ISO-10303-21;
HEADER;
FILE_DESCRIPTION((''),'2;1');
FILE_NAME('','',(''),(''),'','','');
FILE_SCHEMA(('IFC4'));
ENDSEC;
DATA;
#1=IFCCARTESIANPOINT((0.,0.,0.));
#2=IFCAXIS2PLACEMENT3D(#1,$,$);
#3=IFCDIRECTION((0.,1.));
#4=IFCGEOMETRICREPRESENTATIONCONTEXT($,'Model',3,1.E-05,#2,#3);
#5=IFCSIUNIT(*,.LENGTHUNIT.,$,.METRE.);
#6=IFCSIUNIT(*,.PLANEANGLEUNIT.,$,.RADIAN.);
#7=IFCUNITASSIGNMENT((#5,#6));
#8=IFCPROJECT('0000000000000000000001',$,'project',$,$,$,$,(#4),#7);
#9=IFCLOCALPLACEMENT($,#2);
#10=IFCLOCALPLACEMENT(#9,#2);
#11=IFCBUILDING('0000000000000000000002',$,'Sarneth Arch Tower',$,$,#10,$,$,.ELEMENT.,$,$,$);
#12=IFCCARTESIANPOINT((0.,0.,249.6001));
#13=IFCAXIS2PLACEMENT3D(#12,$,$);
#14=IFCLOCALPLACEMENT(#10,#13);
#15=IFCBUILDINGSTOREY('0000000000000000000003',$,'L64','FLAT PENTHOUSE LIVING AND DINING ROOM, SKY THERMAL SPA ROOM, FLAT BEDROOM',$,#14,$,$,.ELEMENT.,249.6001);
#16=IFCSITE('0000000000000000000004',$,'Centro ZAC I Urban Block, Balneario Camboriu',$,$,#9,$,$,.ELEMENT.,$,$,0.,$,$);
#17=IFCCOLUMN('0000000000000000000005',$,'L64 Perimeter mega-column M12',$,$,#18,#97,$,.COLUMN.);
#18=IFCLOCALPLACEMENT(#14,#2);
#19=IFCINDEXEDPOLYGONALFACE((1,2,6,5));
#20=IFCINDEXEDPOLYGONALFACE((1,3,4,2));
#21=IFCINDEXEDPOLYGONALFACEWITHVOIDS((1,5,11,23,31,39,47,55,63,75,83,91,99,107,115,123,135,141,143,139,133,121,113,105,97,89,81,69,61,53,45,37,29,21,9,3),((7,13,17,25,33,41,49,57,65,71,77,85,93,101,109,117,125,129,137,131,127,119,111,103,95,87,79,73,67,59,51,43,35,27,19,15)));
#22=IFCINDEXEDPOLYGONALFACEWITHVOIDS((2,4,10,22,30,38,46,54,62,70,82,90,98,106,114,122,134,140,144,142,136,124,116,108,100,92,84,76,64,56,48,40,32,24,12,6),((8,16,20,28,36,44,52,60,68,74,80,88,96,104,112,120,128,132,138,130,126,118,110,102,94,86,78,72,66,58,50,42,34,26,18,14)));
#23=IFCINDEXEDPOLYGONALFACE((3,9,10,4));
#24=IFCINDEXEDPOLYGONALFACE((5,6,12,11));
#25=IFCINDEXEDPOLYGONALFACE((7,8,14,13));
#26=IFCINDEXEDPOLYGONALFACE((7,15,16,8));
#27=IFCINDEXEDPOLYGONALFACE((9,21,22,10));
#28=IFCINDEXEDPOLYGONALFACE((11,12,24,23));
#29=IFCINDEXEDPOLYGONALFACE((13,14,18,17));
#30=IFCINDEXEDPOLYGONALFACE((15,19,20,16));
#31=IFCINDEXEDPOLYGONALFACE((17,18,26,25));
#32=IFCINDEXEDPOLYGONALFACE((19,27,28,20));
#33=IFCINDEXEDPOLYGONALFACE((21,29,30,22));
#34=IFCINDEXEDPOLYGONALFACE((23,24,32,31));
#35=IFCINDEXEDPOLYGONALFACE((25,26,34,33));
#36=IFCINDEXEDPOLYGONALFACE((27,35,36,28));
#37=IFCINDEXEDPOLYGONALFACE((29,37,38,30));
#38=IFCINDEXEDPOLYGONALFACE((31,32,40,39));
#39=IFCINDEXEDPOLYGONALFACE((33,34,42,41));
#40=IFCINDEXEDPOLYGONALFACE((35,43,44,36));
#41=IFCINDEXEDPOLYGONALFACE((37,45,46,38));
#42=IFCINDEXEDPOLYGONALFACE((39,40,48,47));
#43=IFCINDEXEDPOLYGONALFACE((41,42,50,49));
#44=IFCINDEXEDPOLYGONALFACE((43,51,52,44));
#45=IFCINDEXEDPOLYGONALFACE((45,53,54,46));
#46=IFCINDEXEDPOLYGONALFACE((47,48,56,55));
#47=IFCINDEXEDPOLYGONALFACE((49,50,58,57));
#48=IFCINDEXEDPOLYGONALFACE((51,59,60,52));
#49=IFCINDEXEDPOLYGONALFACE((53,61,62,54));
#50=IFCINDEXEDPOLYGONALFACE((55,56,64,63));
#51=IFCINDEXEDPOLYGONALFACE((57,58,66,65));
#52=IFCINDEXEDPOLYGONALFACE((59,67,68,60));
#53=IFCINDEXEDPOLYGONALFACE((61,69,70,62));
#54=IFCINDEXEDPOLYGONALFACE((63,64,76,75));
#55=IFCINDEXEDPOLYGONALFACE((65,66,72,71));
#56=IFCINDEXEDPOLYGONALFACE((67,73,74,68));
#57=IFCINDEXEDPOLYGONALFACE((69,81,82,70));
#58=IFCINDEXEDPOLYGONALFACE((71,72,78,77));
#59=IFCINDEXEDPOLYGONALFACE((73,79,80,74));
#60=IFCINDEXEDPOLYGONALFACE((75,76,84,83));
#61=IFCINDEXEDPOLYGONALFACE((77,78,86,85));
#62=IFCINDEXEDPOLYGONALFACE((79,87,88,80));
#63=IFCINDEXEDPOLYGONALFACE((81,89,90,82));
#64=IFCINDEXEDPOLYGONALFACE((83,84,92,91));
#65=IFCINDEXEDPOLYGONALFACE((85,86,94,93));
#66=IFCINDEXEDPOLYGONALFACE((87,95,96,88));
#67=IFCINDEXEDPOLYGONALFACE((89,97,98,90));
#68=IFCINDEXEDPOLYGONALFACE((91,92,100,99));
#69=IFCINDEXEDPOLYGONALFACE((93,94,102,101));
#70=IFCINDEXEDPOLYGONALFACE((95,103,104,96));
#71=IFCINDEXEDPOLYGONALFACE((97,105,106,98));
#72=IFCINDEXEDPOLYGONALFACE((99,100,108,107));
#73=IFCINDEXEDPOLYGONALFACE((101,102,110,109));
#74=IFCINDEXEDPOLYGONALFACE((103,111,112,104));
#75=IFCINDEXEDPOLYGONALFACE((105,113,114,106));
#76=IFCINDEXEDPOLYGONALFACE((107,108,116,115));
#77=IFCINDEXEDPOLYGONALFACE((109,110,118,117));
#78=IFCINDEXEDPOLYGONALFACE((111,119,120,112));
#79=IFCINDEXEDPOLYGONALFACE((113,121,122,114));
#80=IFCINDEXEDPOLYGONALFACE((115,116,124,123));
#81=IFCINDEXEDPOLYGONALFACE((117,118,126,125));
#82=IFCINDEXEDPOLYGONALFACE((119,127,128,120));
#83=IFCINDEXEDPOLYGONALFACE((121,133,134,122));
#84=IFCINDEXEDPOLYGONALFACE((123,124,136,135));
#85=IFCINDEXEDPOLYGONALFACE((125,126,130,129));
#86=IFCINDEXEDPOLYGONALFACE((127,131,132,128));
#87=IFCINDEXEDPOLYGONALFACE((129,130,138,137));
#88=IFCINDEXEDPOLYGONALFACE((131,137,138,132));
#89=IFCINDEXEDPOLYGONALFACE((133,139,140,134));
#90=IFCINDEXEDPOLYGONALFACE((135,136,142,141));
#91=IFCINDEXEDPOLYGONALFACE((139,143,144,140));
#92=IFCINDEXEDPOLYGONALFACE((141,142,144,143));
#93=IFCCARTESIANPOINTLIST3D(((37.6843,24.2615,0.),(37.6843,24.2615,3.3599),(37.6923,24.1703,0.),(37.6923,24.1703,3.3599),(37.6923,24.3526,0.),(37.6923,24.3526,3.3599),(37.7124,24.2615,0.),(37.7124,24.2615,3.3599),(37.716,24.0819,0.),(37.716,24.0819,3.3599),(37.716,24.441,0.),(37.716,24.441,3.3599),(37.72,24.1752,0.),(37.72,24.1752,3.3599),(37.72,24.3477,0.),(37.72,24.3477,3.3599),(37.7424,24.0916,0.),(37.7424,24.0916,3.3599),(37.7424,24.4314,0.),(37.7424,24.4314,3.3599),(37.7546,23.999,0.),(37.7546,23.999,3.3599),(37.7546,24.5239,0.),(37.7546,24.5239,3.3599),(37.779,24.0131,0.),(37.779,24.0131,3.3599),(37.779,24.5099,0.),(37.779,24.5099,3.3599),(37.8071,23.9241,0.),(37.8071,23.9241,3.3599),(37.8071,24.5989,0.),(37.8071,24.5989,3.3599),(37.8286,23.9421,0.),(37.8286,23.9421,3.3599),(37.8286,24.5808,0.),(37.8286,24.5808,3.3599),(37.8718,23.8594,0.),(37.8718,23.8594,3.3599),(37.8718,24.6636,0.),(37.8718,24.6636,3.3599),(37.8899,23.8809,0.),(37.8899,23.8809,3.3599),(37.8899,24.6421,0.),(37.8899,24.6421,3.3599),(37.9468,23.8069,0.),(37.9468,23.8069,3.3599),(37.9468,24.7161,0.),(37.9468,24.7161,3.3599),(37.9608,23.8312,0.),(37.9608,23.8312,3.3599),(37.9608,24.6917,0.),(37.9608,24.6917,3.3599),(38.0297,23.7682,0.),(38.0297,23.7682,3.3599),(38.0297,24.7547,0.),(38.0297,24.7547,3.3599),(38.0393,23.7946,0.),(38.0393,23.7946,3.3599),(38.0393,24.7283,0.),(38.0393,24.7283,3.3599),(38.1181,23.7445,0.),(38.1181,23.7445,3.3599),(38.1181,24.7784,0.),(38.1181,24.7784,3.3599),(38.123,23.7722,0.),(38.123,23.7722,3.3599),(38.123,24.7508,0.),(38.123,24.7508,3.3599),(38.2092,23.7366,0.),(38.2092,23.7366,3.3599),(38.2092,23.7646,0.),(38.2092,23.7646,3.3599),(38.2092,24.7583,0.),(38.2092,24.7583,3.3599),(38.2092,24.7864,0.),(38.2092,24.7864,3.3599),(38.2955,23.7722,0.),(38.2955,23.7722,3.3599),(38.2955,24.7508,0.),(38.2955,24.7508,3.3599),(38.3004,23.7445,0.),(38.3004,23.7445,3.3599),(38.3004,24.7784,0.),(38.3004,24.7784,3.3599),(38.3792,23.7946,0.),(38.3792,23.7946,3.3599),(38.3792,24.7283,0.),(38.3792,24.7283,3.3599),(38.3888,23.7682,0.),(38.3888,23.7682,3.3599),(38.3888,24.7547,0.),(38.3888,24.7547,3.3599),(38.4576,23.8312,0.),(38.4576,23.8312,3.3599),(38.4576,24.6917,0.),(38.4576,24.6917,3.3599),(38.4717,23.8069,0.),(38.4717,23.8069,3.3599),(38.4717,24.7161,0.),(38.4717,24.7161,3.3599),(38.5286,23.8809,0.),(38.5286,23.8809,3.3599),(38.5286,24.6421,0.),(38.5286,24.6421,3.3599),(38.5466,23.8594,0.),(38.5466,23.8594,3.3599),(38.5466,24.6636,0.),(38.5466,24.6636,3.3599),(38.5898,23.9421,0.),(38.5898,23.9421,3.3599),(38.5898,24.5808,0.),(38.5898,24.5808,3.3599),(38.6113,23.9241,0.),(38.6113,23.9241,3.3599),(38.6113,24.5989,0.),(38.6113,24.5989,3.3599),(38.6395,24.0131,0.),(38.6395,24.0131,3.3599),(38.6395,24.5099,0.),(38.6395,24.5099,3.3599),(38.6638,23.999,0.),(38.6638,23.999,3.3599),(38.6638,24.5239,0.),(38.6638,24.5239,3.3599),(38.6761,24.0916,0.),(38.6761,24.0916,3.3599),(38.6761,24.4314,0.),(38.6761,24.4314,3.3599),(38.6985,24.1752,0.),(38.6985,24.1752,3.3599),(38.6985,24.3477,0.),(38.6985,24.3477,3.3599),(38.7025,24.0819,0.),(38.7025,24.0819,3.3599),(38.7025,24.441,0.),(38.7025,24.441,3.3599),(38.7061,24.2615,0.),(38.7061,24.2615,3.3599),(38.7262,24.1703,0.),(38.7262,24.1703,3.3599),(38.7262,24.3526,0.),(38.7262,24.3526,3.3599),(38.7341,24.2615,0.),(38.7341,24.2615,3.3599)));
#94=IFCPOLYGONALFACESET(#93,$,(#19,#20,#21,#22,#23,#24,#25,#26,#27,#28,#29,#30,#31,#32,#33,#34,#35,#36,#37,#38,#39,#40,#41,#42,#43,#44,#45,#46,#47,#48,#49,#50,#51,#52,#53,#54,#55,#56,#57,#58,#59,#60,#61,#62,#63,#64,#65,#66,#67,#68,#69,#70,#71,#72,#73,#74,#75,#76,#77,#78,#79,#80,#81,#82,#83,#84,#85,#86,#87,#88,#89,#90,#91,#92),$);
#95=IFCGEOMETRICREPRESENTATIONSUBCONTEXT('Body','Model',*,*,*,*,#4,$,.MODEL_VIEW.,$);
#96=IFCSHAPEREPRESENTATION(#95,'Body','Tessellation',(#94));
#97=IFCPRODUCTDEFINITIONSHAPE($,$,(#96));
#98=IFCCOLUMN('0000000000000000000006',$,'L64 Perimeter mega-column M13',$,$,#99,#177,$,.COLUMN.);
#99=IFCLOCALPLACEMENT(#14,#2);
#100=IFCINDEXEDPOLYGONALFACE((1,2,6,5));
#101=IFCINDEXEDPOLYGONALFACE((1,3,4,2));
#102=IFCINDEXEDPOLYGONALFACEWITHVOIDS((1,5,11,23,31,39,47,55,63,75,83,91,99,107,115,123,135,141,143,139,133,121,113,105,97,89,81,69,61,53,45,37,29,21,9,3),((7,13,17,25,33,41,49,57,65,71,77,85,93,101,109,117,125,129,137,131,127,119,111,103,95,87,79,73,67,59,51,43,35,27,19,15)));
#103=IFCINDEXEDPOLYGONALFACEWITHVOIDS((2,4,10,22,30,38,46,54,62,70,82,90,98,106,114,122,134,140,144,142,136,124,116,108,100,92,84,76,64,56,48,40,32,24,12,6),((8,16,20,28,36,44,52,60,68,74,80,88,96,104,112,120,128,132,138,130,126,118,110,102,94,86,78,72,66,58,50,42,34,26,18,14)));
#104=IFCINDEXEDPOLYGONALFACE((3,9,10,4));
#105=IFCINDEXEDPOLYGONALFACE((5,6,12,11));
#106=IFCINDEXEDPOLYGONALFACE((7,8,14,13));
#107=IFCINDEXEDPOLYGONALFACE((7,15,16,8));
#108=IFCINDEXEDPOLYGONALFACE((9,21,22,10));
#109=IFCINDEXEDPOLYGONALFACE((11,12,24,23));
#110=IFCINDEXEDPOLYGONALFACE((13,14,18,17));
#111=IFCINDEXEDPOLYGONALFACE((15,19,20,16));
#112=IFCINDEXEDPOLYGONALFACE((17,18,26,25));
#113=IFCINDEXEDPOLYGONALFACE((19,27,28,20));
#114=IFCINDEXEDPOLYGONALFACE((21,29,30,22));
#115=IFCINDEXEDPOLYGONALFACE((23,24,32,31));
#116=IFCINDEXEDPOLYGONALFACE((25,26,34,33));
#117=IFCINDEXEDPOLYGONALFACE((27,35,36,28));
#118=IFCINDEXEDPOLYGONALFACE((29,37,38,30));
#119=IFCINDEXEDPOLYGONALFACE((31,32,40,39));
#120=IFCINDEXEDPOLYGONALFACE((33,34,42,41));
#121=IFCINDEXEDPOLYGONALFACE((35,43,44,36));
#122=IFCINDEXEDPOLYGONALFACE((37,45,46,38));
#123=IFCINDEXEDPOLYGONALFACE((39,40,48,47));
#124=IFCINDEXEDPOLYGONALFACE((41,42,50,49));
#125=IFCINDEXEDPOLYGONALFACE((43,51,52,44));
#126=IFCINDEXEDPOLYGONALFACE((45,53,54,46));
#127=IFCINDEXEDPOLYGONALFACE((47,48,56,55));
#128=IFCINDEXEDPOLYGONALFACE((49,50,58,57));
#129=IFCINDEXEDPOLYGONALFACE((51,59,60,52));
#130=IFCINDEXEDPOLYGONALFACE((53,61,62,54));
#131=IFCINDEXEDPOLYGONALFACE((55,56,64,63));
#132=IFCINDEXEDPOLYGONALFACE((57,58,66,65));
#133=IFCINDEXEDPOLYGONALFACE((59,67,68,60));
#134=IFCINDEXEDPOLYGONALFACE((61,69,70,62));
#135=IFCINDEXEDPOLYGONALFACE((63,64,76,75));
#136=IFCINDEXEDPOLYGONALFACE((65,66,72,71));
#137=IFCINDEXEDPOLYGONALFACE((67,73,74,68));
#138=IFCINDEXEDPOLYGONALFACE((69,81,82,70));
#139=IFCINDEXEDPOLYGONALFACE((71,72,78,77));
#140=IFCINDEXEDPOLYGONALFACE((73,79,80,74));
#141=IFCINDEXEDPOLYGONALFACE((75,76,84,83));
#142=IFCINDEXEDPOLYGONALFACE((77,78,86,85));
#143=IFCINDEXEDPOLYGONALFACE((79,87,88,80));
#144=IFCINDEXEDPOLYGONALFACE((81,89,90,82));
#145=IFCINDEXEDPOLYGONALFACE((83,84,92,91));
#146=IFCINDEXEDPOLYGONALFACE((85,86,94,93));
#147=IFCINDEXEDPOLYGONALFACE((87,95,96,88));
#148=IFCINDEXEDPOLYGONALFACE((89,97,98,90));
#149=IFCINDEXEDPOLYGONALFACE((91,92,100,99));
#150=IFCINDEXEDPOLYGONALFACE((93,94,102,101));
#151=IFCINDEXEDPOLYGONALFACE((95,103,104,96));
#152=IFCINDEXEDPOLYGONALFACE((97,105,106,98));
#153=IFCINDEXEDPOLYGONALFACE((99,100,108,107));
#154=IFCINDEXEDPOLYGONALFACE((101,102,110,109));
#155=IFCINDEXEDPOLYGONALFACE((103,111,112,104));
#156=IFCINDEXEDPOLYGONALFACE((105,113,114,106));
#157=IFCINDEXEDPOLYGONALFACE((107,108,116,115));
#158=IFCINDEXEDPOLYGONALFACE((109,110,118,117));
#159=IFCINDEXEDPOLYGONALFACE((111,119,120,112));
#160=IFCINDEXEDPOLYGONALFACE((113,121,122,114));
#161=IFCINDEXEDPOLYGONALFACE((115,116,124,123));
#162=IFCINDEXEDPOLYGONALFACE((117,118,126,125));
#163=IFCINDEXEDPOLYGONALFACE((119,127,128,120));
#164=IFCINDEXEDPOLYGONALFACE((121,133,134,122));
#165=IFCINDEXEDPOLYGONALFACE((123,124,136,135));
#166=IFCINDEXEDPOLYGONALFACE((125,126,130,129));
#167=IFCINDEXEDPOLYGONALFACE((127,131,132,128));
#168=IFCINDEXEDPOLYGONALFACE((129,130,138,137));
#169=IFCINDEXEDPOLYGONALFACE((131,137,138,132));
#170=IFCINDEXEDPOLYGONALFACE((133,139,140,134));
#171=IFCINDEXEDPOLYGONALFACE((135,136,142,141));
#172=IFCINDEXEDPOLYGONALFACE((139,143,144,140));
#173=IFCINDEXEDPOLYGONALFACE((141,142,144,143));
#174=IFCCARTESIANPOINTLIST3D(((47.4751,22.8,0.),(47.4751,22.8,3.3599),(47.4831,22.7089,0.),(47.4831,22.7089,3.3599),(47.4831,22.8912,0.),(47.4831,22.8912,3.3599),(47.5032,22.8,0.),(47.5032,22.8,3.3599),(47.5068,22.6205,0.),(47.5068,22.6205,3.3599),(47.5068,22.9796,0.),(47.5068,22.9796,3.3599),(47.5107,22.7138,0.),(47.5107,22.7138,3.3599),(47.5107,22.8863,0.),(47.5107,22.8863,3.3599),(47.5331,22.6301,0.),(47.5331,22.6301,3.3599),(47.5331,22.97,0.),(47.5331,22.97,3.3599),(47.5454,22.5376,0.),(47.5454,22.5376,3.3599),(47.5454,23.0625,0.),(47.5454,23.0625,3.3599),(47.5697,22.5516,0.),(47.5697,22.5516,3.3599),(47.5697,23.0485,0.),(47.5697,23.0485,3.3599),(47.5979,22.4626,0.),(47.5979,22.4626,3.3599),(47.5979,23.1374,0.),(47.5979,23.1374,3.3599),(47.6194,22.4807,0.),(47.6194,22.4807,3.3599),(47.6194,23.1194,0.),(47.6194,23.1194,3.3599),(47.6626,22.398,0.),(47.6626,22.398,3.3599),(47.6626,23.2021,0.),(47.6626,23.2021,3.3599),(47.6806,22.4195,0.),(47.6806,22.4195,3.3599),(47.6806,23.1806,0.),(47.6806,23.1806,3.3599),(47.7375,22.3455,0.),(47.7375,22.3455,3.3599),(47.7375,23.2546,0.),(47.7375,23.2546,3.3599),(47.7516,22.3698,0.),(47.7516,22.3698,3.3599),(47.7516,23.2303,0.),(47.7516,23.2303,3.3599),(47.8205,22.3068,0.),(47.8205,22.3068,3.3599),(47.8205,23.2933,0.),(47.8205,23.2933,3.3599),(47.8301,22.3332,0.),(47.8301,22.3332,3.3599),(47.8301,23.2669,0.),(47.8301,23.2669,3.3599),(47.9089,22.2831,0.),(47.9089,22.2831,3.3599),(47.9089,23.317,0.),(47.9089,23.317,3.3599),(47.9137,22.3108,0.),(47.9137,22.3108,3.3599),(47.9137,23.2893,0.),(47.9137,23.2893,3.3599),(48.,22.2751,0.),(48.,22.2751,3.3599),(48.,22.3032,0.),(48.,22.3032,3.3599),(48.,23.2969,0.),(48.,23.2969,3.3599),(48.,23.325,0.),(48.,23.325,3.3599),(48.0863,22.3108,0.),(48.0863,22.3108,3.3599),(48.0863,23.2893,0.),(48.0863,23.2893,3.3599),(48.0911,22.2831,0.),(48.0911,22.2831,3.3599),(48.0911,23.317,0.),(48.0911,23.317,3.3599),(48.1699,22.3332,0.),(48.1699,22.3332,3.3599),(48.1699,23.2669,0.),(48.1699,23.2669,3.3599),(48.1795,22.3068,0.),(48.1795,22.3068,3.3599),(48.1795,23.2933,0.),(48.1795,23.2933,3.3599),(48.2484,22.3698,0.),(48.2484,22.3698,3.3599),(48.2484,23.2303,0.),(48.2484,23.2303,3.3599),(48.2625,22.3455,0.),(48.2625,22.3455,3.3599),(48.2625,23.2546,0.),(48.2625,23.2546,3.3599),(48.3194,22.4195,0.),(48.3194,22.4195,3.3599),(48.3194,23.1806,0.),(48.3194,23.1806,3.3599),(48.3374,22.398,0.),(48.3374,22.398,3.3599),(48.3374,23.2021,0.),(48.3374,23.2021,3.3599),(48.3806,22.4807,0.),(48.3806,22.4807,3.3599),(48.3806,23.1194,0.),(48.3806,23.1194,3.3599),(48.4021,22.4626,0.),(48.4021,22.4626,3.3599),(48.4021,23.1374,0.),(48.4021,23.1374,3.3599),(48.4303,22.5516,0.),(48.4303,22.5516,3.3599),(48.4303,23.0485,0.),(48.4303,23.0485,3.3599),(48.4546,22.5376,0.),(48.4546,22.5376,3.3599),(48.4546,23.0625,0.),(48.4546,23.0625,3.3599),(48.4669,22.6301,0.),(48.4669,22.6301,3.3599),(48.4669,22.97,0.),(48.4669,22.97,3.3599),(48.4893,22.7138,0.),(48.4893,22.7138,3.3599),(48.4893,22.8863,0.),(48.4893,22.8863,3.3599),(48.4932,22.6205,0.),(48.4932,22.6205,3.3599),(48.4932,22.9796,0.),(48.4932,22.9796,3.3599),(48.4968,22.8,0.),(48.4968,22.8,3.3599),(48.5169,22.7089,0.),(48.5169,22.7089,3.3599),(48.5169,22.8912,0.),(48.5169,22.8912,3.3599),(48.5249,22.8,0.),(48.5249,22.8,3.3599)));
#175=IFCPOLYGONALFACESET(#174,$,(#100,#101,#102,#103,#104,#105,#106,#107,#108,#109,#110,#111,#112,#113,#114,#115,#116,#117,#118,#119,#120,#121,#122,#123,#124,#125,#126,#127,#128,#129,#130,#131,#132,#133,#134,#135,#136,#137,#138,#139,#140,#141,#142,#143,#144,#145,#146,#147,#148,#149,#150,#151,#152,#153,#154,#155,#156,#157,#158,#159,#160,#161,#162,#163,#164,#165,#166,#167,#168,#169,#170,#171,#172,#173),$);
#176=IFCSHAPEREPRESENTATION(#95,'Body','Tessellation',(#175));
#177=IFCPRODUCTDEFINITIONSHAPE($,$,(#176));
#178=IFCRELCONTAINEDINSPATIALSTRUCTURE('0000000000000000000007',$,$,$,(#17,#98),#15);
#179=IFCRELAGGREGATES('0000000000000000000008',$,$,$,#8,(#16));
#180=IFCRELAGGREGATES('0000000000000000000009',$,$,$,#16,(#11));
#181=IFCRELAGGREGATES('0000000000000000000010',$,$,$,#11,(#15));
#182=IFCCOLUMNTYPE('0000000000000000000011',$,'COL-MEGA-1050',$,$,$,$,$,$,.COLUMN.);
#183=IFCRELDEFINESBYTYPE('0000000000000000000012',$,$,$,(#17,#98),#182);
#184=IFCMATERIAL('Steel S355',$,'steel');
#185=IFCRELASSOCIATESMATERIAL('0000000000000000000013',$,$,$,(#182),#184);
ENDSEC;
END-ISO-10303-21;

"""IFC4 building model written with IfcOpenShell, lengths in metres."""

from ifc_helpers import new_model, si_unit, direction, frame, origin, origin_2d, place, context, subcontext, project, spatial, hollow_circle, extrude, material, material_profile, profile_set, type_object, element, save


model = new_model("IFC4")

# Units and contexts
model_context = context("Model", 3, precision=1e-05, world=origin(), true_north=direction((0.0, 1.0)))
body_context = subcontext(model_context, "Body", "Model", "MODEL_VIEW")
ifc_project = project(units=[si_unit("LENGTHUNIT", "METRE"), si_unit("PLANEANGLEUNIT", "RADIAN")], contexts=[model_context])

# Site, building, storey
site_placement = place(None, origin())
site = spatial("IfcSite", under=ifc_project, at=site_placement, Name="Centro ZAC I Urban Block, Balneario Camboriu", CompositionType="ELEMENT", RefElevation=0.0)
building_placement = place(site_placement, origin())
building = spatial("IfcBuilding", under=site, at=building_placement, Name="Sarneth Arch Tower", CompositionType="ELEMENT")
storey_placement = place(building_placement, frame((0.0, 0.0, 249.6001)))
storey = spatial("IfcBuildingStorey", under=building, at=storey_placement, Name="L64", Description="FLAT PENTHOUSE LIVING AND DINING ROOM, SKY THERMAL SPA ROOM, FLAT BEDROOM", CompositionType="ELEMENT", Elevation=249.6001)

# Columns
ifc_material_1 = material(Name="Steel S355", Category="steel")
ifc_material_profile_1 = material_profile(ifc_material_1, hollow_circle(Radius=0.5249, WallThickness=0.0281, at=origin_2d()), Name="CHS1050x28")
ifc_profile_set_1 = profile_set([ifc_material_profile_1], Name="Steel S355")
column_type = type_object("IfcColumnType", Name="COL-MEGA-1050", PredefinedType="COLUMN", material=ifc_profile_set_1)
for number, where, z_axis, x_axis, name in (
    (1, (38.2092, 24.2615, 0.0), (0.0, 0.0, 1.0), (1.0, 0.0, 0.0), "L64 Perimeter mega-column M12"),
    (2, (48.0, 22.8, 0.0), (0.0, 0.0, 1.0), (1.0, 0.0, 0.0), "L64 Perimeter mega-column M13"),
):
    element("IfcColumn", number, at=place(storey_placement, frame(where, z_axis=z_axis, x_axis=x_axis)), inside=storey, type_object=column_type, Name=name, PredefinedType="COLUMN", context=body_context, shape_type="SweptSolid", body=[
        extrude(hollow_circle(Radius=0.5249, WallThickness=0.0281, at=origin_2d()), origin(), (0.0, 0.0, 1.0), 3.3599),
    ])

save(model, "model.ifc")
